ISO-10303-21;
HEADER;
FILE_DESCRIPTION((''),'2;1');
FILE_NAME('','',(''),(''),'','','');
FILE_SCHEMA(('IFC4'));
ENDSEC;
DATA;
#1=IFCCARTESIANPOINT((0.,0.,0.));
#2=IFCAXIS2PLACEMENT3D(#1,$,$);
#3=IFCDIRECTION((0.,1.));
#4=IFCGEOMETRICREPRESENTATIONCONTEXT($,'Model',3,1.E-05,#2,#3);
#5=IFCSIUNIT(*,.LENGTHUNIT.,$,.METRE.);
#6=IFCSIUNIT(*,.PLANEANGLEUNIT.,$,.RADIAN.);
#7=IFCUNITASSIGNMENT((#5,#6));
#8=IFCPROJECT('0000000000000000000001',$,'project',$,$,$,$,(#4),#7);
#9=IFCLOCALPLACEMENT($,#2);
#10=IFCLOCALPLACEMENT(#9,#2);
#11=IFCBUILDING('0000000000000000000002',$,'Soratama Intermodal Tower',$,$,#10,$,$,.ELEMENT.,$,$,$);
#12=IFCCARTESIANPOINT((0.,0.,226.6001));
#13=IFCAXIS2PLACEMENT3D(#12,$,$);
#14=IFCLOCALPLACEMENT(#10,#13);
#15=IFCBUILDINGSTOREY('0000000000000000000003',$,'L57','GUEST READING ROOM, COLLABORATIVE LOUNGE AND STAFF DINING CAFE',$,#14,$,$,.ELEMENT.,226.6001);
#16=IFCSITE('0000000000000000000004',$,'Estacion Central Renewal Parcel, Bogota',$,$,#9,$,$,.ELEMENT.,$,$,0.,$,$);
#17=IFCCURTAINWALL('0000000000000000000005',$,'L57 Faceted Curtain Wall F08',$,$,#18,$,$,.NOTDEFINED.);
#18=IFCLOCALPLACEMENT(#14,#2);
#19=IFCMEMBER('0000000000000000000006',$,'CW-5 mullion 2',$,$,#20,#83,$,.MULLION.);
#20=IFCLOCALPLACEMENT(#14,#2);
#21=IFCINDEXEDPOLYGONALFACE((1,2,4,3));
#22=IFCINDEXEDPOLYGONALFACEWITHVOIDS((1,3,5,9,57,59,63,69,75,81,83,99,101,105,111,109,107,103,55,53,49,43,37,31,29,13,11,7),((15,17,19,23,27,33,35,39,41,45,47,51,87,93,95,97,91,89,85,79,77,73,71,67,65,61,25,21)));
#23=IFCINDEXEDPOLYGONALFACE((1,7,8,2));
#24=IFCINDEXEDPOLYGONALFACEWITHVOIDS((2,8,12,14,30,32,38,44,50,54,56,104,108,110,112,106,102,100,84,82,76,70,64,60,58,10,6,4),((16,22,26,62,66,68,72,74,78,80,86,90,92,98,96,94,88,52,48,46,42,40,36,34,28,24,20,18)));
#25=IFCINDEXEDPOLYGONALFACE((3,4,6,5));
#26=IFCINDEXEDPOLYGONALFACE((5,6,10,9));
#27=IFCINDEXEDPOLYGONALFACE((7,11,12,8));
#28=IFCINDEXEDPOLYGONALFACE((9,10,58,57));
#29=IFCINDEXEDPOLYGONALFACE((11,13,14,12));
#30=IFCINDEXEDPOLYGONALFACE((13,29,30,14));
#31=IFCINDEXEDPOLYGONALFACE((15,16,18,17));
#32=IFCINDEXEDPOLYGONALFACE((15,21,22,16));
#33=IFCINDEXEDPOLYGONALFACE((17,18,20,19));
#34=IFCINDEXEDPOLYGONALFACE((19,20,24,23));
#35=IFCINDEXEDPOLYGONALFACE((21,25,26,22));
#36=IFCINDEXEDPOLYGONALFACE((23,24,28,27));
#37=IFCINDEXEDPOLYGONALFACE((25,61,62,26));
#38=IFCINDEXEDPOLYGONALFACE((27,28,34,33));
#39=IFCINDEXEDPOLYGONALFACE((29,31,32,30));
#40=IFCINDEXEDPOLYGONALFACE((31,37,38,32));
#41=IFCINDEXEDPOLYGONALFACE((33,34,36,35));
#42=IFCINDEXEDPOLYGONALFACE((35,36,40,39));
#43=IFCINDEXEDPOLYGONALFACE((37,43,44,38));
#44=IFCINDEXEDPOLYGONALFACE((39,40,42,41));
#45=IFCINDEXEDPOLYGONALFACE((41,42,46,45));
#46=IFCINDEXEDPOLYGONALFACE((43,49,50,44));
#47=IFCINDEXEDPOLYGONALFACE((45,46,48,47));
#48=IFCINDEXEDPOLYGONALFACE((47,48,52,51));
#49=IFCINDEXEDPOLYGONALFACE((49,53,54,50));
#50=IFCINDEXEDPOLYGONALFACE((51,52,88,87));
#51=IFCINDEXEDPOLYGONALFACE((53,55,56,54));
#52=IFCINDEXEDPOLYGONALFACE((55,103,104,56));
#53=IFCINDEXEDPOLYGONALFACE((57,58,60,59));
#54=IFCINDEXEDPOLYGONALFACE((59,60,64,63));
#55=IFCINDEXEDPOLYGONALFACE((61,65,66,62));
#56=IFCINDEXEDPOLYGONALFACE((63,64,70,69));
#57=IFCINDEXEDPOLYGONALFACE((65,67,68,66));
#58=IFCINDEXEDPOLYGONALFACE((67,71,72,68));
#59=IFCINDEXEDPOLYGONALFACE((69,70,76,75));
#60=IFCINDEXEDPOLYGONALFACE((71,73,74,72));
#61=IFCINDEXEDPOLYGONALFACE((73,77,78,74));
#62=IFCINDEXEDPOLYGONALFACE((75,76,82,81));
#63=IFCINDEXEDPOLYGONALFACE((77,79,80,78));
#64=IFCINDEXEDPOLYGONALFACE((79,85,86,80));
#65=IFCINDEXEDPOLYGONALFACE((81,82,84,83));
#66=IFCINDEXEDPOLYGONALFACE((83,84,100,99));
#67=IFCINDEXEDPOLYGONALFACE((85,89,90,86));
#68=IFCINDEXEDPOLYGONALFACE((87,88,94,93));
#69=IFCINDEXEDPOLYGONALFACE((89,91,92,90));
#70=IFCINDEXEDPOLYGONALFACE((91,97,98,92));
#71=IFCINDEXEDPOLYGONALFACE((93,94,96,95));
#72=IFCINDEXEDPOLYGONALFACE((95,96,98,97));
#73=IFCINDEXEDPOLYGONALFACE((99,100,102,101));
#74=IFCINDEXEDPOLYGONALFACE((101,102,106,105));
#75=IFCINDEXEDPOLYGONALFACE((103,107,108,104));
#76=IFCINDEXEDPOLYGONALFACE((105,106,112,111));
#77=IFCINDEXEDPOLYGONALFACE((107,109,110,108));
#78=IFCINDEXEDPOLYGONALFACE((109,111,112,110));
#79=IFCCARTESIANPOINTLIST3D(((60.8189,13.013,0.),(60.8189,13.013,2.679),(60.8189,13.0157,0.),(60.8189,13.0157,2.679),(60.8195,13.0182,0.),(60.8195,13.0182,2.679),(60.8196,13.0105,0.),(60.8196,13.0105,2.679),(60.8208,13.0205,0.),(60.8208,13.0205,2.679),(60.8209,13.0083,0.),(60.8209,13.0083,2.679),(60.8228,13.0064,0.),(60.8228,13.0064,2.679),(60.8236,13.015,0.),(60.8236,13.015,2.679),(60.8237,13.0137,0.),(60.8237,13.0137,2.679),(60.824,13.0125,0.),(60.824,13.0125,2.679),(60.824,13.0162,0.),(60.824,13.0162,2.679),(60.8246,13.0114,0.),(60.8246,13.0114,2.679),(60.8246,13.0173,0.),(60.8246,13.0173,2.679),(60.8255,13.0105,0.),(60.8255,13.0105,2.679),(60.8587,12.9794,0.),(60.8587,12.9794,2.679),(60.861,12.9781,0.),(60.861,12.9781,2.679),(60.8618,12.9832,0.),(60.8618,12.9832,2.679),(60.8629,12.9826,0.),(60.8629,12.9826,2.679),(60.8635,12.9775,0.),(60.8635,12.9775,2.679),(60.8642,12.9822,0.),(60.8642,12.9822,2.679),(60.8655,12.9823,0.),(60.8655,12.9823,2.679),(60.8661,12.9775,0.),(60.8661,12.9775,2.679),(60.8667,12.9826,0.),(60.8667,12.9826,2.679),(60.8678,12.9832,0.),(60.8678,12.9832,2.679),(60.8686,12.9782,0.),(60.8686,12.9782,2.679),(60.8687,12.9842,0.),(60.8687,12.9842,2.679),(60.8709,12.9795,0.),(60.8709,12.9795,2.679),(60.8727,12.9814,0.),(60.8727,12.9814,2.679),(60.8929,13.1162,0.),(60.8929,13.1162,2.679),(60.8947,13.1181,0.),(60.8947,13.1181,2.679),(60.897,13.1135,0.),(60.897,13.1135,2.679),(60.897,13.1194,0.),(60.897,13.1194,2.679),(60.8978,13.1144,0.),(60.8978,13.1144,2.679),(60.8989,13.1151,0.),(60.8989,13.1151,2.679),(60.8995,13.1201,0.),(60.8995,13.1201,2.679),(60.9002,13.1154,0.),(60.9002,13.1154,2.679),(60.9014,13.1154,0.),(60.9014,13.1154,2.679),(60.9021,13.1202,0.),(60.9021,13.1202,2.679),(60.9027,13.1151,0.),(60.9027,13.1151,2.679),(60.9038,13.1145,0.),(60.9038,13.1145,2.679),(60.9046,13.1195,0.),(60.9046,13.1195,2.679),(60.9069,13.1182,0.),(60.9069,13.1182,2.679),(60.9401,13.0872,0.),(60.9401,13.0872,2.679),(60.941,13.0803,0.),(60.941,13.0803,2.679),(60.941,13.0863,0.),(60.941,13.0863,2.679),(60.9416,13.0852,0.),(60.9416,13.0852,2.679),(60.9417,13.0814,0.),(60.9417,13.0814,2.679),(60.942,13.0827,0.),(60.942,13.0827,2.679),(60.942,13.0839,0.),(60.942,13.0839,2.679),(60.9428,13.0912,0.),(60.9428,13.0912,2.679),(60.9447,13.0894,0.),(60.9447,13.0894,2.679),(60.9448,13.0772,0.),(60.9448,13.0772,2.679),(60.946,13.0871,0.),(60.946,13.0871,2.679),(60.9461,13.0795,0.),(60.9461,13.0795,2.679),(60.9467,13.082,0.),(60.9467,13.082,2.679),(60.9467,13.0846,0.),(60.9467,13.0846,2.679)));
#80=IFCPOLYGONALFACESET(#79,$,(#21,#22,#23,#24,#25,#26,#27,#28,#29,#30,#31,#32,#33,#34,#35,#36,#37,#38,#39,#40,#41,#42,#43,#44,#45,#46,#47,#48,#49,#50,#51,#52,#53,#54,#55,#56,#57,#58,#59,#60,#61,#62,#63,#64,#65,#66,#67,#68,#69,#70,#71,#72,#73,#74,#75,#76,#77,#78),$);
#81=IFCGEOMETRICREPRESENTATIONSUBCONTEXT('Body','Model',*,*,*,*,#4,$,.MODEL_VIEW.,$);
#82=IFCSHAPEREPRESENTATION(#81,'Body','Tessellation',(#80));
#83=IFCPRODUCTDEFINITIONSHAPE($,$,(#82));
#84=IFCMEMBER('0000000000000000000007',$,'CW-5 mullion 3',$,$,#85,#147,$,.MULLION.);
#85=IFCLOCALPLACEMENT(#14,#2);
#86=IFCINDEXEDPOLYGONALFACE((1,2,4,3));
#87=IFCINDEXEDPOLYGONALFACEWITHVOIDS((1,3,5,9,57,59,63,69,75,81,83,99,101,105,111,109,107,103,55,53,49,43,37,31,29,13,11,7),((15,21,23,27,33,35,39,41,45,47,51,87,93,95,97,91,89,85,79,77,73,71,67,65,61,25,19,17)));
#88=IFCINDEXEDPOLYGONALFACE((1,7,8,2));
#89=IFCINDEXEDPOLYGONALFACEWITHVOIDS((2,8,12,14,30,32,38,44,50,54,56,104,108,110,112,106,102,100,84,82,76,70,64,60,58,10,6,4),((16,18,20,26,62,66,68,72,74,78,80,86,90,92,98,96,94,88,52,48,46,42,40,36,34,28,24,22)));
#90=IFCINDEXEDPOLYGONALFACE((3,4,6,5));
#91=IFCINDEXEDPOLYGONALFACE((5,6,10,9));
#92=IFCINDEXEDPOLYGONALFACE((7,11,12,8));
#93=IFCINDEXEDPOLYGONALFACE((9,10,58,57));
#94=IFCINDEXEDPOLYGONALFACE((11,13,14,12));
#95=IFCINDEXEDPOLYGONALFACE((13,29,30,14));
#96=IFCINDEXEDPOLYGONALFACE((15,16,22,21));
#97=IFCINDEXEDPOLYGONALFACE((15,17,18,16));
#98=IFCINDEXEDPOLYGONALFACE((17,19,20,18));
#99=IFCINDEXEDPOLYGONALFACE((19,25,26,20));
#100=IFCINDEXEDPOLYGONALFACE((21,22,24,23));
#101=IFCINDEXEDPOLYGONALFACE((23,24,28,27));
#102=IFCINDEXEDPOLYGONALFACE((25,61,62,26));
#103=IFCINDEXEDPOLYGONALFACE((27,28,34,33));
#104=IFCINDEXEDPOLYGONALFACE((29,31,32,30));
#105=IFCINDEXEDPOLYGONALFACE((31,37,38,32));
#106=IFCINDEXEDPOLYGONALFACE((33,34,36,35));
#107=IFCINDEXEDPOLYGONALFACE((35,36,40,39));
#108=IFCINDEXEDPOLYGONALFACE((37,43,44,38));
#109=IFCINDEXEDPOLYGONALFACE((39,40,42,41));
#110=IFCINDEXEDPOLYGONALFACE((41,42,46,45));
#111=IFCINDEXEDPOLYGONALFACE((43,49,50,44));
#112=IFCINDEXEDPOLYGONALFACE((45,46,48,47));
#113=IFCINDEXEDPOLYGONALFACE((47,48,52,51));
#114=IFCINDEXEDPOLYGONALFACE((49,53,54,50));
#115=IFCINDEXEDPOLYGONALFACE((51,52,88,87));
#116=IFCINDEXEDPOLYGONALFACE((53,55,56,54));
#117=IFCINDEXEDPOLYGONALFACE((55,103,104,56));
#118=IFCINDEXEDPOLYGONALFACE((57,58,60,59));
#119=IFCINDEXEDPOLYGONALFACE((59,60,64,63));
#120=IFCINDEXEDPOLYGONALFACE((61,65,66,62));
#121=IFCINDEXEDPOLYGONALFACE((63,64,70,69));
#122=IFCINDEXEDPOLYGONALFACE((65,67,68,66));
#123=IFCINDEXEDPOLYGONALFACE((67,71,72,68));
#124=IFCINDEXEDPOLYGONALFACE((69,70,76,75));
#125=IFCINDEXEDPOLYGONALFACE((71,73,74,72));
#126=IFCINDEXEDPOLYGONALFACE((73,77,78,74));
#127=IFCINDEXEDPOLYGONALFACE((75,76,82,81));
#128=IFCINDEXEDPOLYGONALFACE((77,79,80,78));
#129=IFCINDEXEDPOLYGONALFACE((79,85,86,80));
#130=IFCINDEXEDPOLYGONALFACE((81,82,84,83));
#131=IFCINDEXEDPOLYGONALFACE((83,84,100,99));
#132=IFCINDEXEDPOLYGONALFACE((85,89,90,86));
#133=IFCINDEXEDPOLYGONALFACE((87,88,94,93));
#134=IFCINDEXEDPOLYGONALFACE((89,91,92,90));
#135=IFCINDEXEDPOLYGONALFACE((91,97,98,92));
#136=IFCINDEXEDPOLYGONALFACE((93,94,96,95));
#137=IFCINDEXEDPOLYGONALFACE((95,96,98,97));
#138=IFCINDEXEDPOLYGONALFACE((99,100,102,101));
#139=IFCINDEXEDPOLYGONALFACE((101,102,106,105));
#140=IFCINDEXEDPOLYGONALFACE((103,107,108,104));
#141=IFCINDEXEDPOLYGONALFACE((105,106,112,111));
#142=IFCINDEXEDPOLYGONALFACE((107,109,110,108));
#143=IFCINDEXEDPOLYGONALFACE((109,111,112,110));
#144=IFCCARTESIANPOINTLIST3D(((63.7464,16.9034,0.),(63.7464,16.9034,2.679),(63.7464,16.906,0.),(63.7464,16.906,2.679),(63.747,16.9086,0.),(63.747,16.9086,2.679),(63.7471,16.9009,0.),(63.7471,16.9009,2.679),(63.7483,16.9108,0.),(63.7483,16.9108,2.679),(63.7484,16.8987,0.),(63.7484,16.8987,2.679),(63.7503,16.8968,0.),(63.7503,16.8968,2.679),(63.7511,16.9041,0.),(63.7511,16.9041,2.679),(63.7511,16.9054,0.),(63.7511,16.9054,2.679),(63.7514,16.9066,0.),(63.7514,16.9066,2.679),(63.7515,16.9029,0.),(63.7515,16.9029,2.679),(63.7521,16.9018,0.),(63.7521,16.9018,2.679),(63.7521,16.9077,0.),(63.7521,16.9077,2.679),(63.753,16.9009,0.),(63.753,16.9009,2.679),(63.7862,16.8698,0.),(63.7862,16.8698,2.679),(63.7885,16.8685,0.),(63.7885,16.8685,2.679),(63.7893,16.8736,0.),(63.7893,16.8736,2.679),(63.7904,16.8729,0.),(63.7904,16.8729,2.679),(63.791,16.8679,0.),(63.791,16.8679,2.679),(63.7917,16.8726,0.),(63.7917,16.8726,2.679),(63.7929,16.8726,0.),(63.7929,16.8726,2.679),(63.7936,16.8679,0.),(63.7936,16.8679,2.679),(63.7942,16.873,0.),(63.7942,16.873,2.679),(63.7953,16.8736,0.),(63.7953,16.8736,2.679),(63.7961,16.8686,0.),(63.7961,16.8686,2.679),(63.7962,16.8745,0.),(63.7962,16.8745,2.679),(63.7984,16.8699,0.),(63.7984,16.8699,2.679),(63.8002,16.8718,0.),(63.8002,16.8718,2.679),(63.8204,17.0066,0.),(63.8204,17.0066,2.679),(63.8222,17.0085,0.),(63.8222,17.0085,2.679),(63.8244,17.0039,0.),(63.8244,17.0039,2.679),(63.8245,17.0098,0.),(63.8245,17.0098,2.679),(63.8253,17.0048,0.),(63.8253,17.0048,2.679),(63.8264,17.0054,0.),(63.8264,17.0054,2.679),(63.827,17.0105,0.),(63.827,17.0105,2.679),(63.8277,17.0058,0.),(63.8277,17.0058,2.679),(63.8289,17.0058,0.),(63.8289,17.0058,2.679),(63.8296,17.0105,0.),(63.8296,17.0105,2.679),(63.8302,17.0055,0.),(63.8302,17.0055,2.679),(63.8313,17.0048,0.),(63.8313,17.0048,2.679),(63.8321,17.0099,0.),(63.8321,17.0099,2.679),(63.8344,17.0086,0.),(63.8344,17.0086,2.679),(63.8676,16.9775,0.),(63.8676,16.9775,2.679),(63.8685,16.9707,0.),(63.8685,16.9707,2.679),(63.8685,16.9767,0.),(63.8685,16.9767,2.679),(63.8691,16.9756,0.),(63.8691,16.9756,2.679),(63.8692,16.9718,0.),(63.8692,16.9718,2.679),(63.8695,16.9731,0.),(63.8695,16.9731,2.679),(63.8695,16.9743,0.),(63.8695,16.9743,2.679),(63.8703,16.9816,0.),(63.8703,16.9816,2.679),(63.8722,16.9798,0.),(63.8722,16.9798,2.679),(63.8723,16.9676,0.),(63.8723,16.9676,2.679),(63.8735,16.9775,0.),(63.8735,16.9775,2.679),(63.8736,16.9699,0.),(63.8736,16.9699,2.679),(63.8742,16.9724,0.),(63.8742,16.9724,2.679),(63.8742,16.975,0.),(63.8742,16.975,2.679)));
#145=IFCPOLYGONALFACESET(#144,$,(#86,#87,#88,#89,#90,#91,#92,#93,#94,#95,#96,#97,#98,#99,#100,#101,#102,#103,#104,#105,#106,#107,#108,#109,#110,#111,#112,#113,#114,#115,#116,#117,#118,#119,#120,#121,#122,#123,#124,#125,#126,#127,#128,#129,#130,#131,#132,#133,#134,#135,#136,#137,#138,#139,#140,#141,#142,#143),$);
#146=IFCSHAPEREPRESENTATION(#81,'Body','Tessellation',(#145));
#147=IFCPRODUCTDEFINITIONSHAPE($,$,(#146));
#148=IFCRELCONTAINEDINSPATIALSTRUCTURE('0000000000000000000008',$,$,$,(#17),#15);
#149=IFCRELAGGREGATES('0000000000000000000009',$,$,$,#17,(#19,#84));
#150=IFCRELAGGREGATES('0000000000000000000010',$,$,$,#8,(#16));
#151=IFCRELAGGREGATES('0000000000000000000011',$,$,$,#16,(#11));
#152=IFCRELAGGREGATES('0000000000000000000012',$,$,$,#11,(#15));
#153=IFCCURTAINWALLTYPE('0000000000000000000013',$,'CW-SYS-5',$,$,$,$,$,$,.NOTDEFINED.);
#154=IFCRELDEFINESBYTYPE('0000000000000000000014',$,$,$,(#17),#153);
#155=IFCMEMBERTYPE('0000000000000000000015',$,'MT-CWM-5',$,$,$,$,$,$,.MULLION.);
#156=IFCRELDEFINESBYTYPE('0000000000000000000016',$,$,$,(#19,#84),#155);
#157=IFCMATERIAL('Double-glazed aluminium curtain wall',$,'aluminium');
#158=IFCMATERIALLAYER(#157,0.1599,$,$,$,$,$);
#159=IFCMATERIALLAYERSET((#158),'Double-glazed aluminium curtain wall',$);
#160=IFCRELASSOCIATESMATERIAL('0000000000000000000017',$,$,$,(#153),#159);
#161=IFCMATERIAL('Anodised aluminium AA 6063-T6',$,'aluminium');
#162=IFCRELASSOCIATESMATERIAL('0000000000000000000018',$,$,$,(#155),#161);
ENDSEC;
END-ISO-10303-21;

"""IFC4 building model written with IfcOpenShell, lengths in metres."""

from ifc_helpers import new_model, si_unit, direction, frame, origin, origin_2d, place, context, subcontext, project, spatial, hollow_rectangle, extrude, material, layer, layer_set, material_profile, profile_set, type_object, element, aggregate, save


model = new_model("IFC4")

# Units and contexts
model_context = context("Model", 3, precision=1e-05, world=origin(), true_north=direction((0.0, 1.0)))
body_context = subcontext(model_context, "Body", "Model", "MODEL_VIEW")
ifc_project = project(units=[si_unit("LENGTHUNIT", "METRE"), si_unit("PLANEANGLEUNIT", "RADIAN")], contexts=[model_context])

# Site, building, storey
site_placement = place(None, origin())
site = spatial("IfcSite", under=ifc_project, at=site_placement, Name="Estacion Central Renewal Parcel, Bogota", CompositionType="ELEMENT", RefElevation=0.0)
building_placement = place(site_placement, origin())
building = spatial("IfcBuilding", under=site, at=building_placement, Name="Soratama Intermodal Tower", CompositionType="ELEMENT")
storey_placement = place(building_placement, frame((0.0, 0.0, 226.6001)))
storey = spatial("IfcBuildingStorey", under=building, at=storey_placement, Name="L57", Description="GUEST READING ROOM, COLLABORATIVE LOUNGE AND STAFF DINING CAFE", CompositionType="ELEMENT", Elevation=226.6001)

# Curtain wall, members
ifc_material_1 = material(Name="Double-glazed aluminium curtain wall", Category="aluminium")
ifc_layer_1 = layer(ifc_material_1, 0.1599)
ifc_layer_set_1 = layer_set([ifc_layer_1], Name="Double-glazed aluminium curtain wall")
curtain_wall_type = type_object("IfcCurtainWallType", Name="CW-SYS-5", PredefinedType="NOTDEFINED", material=ifc_layer_set_1)
curtain_wall_placement = place(storey_placement, origin())
curtain_wall = element("IfcCurtainWall", 1, at=curtain_wall_placement, inside=storey, type_object=curtain_wall_type, Name="L57 Faceted Curtain Wall F08", PredefinedType="NOTDEFINED")
ifc_material_2 = material(Name="Anodised aluminium AA 6063-T6", Category="aluminium")
ifc_material_profile_1 = material_profile(ifc_material_2, hollow_rectangle(XDim=0.0649, YDim=0.1399, WallThickness=0.0049, InnerFilletRadius=0.0049, OuterFilletRadius=0.01, at=origin_2d()), Name="CWM140X65X5")
ifc_profile_set_1 = profile_set([ifc_material_profile_1], Name="Anodised aluminium AA 6063-T6")
member_type_1 = type_object("IfcMemberType", Name="MT-CWM-5", PredefinedType="MULLION", material=ifc_profile_set_1)
member_1_placement = place(storey_placement, frame((60.8828, 13.0488, 0.0), z_axis=(0.0, 0.0, 1.0), x_axis=(-0.799052, 0.601262, 0.0)))
member_1 = element("IfcMember", 2, at=member_1_placement, type_object=member_type_1, Name="CW-5 mullion 2", PredefinedType="MULLION", context=body_context, shape_type="SweptSolid", body=[
    extrude(hollow_rectangle(XDim=0.0649, YDim=0.1399, WallThickness=0.0049, InnerFilletRadius=0.0049, OuterFilletRadius=0.01, at=origin_2d()), origin(), (0.0, 0.0, 1.0), 2.679),
])
member_2_placement = place(storey_placement, frame((63.8103, 16.9392, 0.0), z_axis=(0.0, 0.0, 1.0), x_axis=(-0.799052, 0.601262, 0.0)))
member_2 = element("IfcMember", 3, at=member_2_placement, type_object=member_type_1, Name="CW-5 mullion 3", PredefinedType="MULLION", context=body_context, shape_type="SweptSolid", body=[
    extrude(hollow_rectangle(XDim=0.0649, YDim=0.1399, WallThickness=0.0049, InnerFilletRadius=0.0049, OuterFilletRadius=0.01, at=origin_2d()), origin(), (0.0, 0.0, 1.0), 2.679),
])
aggregate(curtain_wall, [member_1, member_2])

save(model, "model.ifc")
